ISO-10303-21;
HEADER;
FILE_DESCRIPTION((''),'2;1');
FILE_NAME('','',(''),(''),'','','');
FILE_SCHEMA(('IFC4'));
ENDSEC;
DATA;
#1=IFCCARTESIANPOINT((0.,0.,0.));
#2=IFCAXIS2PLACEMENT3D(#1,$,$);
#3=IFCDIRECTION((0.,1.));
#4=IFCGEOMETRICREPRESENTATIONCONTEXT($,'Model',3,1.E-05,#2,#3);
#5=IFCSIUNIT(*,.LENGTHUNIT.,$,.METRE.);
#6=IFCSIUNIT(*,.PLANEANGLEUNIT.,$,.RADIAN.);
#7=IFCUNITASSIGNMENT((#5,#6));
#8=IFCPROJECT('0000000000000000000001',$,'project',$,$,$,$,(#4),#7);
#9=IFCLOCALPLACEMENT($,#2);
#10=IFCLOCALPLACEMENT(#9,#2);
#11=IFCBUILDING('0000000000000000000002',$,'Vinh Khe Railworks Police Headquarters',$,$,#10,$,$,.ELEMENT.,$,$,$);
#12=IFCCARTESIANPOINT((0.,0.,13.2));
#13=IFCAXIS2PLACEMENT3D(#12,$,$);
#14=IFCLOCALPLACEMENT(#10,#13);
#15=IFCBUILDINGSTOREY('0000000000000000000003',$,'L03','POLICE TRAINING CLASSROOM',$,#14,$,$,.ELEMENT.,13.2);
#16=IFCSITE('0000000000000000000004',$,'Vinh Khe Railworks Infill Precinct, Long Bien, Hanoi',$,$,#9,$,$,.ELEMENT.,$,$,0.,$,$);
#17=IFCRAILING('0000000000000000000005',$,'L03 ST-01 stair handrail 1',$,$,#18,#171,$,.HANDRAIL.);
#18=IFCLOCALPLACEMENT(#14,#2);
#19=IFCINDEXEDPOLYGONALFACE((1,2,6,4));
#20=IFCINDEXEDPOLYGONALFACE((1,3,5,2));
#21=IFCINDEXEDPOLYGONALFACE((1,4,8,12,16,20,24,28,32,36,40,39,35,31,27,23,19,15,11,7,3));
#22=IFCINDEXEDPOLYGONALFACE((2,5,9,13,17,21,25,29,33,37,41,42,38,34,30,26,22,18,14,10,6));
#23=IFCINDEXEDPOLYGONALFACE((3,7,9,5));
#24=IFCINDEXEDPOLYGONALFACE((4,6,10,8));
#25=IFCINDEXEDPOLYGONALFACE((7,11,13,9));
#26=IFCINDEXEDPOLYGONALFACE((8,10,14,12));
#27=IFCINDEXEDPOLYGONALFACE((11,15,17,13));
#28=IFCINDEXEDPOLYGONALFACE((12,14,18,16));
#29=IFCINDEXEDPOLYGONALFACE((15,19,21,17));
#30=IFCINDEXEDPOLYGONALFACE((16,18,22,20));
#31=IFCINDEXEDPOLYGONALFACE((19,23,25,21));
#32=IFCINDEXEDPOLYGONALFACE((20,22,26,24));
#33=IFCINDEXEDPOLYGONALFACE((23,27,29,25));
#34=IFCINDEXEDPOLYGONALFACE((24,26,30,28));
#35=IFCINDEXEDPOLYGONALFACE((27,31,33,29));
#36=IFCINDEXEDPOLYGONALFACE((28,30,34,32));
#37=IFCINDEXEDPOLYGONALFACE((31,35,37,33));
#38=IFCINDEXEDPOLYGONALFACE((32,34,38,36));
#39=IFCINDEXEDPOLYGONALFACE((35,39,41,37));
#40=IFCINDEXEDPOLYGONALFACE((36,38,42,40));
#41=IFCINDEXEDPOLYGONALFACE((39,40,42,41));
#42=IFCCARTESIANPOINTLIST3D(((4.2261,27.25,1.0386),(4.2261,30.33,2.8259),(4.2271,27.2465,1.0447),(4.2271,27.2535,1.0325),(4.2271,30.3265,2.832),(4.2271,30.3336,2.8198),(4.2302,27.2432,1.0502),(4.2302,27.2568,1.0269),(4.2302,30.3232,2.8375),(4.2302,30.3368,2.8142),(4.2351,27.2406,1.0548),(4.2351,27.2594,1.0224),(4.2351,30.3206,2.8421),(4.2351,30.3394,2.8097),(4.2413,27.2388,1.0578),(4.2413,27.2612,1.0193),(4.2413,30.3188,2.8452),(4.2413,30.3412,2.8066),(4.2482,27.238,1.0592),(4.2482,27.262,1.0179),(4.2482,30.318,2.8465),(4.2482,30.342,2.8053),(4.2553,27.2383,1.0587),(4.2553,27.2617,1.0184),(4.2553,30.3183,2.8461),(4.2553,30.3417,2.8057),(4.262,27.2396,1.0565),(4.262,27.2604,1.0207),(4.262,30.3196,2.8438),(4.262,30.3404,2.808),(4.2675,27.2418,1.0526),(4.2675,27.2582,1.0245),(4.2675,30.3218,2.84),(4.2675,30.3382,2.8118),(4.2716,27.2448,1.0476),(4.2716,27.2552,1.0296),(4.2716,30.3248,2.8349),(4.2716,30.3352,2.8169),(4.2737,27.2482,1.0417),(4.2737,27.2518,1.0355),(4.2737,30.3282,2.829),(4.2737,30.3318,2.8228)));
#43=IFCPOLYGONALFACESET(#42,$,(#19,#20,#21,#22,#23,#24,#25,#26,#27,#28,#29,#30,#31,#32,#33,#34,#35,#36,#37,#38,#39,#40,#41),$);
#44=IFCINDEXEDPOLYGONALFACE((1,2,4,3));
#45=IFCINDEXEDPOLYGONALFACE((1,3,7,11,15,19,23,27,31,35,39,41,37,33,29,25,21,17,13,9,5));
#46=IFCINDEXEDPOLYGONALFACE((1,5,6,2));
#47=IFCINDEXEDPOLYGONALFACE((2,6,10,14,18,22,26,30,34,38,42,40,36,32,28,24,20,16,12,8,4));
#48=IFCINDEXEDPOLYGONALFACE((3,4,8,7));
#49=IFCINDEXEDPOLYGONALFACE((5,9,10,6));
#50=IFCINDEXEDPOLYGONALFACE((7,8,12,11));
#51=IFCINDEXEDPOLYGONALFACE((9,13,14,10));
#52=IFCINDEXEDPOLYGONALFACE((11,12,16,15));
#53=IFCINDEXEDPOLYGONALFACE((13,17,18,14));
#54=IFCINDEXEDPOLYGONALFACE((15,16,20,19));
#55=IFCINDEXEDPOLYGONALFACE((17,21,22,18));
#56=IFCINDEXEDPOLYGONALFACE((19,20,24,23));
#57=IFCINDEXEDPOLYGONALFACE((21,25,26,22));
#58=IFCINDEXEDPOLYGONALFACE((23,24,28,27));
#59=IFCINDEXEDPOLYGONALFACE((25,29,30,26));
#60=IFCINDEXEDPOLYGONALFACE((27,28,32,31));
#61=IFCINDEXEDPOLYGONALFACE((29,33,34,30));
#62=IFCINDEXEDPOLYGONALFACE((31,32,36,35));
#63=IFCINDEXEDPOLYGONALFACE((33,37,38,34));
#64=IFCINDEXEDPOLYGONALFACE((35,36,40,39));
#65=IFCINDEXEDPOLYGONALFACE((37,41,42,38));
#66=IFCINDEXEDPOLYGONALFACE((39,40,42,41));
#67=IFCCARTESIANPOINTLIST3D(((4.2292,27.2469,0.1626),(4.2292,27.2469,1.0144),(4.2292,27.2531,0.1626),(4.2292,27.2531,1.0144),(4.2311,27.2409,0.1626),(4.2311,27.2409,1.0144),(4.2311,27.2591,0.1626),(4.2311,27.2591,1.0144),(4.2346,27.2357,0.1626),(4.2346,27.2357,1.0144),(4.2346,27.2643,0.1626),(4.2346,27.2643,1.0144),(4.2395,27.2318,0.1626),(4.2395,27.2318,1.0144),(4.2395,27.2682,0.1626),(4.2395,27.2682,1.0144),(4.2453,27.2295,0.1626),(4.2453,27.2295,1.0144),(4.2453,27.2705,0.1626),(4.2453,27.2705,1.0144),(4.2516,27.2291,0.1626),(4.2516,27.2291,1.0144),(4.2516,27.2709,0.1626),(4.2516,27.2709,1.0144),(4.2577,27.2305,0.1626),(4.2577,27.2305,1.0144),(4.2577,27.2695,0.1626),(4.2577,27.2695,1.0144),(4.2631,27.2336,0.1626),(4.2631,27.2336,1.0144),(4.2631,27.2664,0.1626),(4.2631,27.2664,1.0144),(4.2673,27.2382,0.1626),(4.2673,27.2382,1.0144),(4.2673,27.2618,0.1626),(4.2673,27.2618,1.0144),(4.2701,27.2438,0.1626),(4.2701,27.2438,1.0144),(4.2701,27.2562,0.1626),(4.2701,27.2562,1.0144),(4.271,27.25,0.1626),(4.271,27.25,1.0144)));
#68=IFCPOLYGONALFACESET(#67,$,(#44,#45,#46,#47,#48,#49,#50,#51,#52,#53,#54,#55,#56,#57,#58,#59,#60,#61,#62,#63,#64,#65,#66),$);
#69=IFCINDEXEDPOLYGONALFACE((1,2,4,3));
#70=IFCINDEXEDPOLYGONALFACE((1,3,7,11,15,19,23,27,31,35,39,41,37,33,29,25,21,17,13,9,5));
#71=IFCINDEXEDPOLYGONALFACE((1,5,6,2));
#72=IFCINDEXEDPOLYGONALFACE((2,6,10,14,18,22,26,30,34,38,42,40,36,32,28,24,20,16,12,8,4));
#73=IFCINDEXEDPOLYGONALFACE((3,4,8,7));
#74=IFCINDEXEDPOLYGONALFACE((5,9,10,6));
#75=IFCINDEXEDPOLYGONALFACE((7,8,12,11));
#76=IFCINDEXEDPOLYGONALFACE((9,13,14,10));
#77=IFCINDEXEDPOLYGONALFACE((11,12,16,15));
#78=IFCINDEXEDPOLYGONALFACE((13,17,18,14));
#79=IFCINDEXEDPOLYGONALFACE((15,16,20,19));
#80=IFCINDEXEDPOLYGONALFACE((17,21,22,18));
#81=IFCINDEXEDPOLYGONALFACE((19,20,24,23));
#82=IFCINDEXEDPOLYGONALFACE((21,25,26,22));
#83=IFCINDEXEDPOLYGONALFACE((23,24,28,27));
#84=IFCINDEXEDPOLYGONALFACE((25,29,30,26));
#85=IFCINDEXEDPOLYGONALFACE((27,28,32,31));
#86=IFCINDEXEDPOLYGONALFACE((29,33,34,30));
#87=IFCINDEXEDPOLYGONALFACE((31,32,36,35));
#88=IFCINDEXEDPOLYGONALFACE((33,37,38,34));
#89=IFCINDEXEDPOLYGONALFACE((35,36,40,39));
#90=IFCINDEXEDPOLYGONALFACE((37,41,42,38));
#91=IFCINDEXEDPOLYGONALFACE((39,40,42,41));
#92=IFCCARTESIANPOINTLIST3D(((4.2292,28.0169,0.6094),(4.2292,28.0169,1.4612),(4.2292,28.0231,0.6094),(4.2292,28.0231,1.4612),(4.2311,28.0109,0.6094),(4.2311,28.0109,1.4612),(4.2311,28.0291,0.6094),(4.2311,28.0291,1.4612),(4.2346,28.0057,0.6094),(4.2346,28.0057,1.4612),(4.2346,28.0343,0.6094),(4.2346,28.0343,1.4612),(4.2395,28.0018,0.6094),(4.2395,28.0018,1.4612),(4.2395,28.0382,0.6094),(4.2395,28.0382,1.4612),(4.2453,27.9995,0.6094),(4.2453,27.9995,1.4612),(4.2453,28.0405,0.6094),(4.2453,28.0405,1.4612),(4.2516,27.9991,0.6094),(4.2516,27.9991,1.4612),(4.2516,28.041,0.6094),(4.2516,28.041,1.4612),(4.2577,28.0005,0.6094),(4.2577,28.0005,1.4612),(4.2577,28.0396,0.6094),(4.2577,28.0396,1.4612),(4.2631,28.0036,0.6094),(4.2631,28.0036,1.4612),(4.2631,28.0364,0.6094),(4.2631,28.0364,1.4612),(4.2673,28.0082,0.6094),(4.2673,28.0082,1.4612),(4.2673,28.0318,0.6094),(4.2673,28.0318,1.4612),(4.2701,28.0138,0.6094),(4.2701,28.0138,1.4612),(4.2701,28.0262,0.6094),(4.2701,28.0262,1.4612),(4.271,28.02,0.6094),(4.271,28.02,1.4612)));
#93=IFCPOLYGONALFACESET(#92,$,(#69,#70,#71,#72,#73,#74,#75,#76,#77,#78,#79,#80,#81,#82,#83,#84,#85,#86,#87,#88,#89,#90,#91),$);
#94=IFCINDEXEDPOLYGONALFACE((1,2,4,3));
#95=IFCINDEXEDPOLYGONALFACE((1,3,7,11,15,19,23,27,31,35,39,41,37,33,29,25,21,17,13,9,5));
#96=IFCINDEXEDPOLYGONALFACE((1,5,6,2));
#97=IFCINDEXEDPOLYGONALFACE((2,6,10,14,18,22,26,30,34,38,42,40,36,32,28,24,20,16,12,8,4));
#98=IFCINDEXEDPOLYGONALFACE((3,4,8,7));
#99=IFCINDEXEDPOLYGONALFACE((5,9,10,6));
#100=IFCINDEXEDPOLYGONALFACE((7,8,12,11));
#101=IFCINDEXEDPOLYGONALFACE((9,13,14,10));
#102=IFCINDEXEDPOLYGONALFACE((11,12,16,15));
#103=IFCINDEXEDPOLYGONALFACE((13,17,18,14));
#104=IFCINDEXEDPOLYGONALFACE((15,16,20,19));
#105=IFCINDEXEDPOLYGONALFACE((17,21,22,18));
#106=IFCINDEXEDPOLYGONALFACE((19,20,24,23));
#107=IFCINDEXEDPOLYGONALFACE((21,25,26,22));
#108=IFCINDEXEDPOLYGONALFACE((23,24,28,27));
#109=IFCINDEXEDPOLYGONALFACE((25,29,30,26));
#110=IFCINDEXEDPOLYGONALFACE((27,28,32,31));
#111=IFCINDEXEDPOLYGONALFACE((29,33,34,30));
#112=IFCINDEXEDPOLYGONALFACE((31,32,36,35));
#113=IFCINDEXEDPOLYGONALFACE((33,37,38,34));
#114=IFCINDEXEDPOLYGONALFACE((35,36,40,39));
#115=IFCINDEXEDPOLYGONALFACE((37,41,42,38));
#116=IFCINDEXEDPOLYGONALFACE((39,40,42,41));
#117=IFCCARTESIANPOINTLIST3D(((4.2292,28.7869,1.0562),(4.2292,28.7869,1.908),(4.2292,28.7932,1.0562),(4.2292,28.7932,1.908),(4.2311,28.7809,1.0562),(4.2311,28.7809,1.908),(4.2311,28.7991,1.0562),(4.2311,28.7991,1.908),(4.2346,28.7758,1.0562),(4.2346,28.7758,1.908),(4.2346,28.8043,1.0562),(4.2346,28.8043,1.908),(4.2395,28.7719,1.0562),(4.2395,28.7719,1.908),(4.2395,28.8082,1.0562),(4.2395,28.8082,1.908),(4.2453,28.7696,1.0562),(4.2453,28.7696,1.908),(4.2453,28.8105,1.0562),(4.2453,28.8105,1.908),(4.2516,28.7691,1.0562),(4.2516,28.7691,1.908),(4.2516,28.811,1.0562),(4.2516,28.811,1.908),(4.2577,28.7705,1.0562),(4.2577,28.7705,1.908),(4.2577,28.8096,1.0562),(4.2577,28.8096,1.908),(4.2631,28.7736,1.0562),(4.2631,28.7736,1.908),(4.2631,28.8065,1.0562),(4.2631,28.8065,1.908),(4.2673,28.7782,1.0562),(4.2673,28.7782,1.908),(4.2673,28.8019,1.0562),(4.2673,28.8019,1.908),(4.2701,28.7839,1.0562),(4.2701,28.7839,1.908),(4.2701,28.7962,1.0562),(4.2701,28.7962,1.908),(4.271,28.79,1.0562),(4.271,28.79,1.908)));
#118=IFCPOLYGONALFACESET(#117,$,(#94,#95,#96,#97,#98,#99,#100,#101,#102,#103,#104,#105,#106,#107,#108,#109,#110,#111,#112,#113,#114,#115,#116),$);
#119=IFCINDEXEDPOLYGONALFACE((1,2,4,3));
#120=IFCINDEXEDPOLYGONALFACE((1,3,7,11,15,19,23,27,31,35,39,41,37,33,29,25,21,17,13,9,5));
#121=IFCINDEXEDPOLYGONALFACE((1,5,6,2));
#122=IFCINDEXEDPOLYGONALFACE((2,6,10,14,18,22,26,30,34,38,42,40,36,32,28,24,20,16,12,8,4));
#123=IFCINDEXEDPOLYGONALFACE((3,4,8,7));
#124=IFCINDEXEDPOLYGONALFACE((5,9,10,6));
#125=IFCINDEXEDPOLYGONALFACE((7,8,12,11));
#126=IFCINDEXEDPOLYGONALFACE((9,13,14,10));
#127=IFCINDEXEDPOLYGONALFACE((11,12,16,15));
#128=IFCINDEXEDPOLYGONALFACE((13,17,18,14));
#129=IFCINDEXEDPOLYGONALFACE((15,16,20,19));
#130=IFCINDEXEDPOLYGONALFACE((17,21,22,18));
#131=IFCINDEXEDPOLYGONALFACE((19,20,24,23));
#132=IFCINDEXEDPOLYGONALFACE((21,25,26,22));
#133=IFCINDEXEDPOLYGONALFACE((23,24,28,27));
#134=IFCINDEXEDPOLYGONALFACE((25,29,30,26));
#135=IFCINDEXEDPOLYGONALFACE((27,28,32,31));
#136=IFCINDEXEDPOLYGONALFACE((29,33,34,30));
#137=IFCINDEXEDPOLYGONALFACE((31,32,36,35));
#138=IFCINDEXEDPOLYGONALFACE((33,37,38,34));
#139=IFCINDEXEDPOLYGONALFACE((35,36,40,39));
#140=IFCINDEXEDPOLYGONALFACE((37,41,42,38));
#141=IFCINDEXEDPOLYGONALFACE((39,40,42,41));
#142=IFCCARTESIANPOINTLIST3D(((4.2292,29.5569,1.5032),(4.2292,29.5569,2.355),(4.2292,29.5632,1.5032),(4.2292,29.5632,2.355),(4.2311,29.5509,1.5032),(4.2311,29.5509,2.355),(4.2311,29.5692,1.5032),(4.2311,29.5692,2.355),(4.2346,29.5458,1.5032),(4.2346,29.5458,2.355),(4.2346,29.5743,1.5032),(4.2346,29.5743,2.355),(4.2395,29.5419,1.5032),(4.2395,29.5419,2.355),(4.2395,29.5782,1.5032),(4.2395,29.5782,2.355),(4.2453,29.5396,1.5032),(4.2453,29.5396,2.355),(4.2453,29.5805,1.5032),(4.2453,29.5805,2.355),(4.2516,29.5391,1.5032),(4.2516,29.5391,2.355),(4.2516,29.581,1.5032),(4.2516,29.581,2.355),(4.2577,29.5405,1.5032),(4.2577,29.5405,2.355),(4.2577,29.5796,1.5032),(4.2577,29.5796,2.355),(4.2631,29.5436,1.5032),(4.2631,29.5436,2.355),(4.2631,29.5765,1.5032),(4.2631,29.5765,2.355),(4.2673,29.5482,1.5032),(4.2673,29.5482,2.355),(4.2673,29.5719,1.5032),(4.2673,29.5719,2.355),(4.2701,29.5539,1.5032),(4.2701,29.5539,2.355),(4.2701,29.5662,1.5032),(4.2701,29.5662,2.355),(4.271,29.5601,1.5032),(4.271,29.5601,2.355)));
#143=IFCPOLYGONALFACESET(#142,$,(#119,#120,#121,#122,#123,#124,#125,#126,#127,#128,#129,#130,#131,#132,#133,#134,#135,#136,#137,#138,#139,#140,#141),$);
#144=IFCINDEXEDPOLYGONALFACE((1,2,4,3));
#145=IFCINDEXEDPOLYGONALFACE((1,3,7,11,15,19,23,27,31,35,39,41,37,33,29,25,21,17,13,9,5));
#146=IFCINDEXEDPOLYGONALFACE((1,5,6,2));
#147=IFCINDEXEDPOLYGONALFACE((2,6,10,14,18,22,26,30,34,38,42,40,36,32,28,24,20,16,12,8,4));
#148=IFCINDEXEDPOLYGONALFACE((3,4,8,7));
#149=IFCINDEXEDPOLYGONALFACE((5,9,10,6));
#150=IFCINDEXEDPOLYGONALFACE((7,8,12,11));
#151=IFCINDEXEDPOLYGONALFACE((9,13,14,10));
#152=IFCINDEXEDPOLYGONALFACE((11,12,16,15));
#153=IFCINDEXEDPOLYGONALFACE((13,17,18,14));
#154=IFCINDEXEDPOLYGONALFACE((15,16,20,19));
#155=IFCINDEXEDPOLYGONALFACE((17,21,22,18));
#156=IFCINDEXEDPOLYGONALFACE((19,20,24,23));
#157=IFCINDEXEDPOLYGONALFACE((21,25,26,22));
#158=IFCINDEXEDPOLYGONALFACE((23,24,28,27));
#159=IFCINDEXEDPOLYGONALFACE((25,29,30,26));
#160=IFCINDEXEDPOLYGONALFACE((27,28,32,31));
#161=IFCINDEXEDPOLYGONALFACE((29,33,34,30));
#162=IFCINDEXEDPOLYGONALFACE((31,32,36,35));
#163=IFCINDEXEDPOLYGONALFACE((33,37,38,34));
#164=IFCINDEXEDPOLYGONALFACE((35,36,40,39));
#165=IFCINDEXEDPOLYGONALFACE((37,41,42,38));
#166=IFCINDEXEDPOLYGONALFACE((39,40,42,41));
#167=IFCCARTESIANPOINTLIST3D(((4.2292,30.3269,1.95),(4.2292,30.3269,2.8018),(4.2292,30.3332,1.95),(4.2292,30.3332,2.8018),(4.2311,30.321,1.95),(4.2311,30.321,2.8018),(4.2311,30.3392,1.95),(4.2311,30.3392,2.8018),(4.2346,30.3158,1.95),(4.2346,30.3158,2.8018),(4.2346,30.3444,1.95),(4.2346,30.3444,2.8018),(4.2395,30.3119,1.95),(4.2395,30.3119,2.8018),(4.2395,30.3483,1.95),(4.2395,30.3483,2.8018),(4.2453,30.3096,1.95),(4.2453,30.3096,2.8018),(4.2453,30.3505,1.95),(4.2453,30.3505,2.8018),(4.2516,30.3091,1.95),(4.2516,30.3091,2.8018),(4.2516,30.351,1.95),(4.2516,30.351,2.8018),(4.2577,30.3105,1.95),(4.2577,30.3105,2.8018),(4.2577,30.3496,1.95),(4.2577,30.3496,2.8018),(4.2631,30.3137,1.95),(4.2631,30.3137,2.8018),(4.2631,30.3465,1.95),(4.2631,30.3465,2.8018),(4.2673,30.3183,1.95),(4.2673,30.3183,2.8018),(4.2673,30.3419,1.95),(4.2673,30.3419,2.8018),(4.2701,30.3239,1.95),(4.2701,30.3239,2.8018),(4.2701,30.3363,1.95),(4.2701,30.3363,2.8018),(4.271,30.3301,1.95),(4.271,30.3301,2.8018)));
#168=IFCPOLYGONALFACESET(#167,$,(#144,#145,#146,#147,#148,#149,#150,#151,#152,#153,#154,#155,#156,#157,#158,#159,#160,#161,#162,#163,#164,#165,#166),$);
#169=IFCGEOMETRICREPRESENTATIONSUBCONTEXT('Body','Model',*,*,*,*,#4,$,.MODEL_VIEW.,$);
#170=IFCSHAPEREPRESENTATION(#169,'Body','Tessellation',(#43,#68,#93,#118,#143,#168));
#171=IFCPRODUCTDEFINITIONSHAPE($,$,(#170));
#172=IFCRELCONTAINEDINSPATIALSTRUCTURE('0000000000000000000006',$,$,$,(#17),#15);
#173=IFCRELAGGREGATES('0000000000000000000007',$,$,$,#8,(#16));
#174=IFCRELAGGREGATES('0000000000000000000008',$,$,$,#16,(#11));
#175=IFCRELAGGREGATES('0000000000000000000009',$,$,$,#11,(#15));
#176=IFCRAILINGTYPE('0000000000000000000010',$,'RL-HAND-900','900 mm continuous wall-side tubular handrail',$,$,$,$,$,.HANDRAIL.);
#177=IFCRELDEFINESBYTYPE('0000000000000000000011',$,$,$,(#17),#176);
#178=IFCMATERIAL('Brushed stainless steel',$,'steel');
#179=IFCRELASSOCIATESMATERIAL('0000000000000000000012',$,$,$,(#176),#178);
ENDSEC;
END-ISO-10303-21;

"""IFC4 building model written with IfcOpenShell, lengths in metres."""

from ifc_helpers import new_model, si_unit, direction, frame, origin, origin_2d, place, context, subcontext, project, spatial, circle, extrude, material, type_object, element, save


model = new_model("IFC4")

# Units and contexts
model_context = context("Model", 3, precision=1e-05, world=origin(), true_north=direction((0.0, 1.0)))
body_context = subcontext(model_context, "Body", "Model", "MODEL_VIEW")
ifc_project = project(units=[si_unit("LENGTHUNIT", "METRE"), si_unit("PLANEANGLEUNIT", "RADIAN")], contexts=[model_context])

# Site, building, storey
site_placement = place(None, origin())
site = spatial("IfcSite", under=ifc_project, at=site_placement, Name="Vinh Khe Railworks Infill Precinct, Long Bien, Hanoi", CompositionType="ELEMENT", RefElevation=0.0)
building_placement = place(site_placement, origin())
building = spatial("IfcBuilding", under=site, at=building_placement, Name="Vinh Khe Railworks Police Headquarters", CompositionType="ELEMENT")
storey_placement = place(building_placement, frame((0.0, 0.0, 13.2)))
storey = spatial("IfcBuildingStorey", under=building, at=storey_placement, Name="L03", Description="POLICE TRAINING CLASSROOM", CompositionType="ELEMENT", Elevation=13.2)

# Railing
ifc_material_1 = material(Name="Brushed stainless steel", Category="steel")
railing_type_1 = type_object("IfcRailingType", Name="RL-HAND-900", Description="900 mm continuous wall-side tubular handrail", PredefinedType="HANDRAIL", material=ifc_material_1)
railing_1_placement = place(storey_placement, frame((4.25, 27.25, 0.1626)))
element("IfcRailing", 1, at=railing_1_placement, inside=storey, type_object=railing_type_1, Name="L03 ST-01 stair handrail 1", PredefinedType="HANDRAIL", context=body_context, shape_type="SweptSolid", body=[
    extrude(circle(Radius=0.0239, at=origin_2d()), frame((0.0, 0.0, 0.876), z_axis=(0.0, 0.86492, 0.501909), x_axis=(-1.0, 0.0, 0.0)), (0.0, 0.0, 1.0), 3.561),
    extrude(circle(Radius=0.021, at=origin_2d()), origin(), (0.0, 0.0, 1.0), 0.8518),
    extrude(circle(Radius=0.021, at=origin_2d()), frame((0.0, 0.77, 0.4468)), (0.0, 0.0, 1.0), 0.8518),
    extrude(circle(Radius=0.021, at=origin_2d()), frame((0.0, 1.54, 0.8936)), (0.0, 0.0, 1.0), 0.8518),
    extrude(circle(Radius=0.021, at=origin_2d()), frame((0.0, 2.3101, 1.3406)), (0.0, 0.0, 1.0), 0.8518),
    extrude(circle(Radius=0.021, at=origin_2d()), frame((0.0, 3.0801, 1.7874)), (0.0, 0.0, 1.0), 0.8518),
])

save(model, "model.ifc")
